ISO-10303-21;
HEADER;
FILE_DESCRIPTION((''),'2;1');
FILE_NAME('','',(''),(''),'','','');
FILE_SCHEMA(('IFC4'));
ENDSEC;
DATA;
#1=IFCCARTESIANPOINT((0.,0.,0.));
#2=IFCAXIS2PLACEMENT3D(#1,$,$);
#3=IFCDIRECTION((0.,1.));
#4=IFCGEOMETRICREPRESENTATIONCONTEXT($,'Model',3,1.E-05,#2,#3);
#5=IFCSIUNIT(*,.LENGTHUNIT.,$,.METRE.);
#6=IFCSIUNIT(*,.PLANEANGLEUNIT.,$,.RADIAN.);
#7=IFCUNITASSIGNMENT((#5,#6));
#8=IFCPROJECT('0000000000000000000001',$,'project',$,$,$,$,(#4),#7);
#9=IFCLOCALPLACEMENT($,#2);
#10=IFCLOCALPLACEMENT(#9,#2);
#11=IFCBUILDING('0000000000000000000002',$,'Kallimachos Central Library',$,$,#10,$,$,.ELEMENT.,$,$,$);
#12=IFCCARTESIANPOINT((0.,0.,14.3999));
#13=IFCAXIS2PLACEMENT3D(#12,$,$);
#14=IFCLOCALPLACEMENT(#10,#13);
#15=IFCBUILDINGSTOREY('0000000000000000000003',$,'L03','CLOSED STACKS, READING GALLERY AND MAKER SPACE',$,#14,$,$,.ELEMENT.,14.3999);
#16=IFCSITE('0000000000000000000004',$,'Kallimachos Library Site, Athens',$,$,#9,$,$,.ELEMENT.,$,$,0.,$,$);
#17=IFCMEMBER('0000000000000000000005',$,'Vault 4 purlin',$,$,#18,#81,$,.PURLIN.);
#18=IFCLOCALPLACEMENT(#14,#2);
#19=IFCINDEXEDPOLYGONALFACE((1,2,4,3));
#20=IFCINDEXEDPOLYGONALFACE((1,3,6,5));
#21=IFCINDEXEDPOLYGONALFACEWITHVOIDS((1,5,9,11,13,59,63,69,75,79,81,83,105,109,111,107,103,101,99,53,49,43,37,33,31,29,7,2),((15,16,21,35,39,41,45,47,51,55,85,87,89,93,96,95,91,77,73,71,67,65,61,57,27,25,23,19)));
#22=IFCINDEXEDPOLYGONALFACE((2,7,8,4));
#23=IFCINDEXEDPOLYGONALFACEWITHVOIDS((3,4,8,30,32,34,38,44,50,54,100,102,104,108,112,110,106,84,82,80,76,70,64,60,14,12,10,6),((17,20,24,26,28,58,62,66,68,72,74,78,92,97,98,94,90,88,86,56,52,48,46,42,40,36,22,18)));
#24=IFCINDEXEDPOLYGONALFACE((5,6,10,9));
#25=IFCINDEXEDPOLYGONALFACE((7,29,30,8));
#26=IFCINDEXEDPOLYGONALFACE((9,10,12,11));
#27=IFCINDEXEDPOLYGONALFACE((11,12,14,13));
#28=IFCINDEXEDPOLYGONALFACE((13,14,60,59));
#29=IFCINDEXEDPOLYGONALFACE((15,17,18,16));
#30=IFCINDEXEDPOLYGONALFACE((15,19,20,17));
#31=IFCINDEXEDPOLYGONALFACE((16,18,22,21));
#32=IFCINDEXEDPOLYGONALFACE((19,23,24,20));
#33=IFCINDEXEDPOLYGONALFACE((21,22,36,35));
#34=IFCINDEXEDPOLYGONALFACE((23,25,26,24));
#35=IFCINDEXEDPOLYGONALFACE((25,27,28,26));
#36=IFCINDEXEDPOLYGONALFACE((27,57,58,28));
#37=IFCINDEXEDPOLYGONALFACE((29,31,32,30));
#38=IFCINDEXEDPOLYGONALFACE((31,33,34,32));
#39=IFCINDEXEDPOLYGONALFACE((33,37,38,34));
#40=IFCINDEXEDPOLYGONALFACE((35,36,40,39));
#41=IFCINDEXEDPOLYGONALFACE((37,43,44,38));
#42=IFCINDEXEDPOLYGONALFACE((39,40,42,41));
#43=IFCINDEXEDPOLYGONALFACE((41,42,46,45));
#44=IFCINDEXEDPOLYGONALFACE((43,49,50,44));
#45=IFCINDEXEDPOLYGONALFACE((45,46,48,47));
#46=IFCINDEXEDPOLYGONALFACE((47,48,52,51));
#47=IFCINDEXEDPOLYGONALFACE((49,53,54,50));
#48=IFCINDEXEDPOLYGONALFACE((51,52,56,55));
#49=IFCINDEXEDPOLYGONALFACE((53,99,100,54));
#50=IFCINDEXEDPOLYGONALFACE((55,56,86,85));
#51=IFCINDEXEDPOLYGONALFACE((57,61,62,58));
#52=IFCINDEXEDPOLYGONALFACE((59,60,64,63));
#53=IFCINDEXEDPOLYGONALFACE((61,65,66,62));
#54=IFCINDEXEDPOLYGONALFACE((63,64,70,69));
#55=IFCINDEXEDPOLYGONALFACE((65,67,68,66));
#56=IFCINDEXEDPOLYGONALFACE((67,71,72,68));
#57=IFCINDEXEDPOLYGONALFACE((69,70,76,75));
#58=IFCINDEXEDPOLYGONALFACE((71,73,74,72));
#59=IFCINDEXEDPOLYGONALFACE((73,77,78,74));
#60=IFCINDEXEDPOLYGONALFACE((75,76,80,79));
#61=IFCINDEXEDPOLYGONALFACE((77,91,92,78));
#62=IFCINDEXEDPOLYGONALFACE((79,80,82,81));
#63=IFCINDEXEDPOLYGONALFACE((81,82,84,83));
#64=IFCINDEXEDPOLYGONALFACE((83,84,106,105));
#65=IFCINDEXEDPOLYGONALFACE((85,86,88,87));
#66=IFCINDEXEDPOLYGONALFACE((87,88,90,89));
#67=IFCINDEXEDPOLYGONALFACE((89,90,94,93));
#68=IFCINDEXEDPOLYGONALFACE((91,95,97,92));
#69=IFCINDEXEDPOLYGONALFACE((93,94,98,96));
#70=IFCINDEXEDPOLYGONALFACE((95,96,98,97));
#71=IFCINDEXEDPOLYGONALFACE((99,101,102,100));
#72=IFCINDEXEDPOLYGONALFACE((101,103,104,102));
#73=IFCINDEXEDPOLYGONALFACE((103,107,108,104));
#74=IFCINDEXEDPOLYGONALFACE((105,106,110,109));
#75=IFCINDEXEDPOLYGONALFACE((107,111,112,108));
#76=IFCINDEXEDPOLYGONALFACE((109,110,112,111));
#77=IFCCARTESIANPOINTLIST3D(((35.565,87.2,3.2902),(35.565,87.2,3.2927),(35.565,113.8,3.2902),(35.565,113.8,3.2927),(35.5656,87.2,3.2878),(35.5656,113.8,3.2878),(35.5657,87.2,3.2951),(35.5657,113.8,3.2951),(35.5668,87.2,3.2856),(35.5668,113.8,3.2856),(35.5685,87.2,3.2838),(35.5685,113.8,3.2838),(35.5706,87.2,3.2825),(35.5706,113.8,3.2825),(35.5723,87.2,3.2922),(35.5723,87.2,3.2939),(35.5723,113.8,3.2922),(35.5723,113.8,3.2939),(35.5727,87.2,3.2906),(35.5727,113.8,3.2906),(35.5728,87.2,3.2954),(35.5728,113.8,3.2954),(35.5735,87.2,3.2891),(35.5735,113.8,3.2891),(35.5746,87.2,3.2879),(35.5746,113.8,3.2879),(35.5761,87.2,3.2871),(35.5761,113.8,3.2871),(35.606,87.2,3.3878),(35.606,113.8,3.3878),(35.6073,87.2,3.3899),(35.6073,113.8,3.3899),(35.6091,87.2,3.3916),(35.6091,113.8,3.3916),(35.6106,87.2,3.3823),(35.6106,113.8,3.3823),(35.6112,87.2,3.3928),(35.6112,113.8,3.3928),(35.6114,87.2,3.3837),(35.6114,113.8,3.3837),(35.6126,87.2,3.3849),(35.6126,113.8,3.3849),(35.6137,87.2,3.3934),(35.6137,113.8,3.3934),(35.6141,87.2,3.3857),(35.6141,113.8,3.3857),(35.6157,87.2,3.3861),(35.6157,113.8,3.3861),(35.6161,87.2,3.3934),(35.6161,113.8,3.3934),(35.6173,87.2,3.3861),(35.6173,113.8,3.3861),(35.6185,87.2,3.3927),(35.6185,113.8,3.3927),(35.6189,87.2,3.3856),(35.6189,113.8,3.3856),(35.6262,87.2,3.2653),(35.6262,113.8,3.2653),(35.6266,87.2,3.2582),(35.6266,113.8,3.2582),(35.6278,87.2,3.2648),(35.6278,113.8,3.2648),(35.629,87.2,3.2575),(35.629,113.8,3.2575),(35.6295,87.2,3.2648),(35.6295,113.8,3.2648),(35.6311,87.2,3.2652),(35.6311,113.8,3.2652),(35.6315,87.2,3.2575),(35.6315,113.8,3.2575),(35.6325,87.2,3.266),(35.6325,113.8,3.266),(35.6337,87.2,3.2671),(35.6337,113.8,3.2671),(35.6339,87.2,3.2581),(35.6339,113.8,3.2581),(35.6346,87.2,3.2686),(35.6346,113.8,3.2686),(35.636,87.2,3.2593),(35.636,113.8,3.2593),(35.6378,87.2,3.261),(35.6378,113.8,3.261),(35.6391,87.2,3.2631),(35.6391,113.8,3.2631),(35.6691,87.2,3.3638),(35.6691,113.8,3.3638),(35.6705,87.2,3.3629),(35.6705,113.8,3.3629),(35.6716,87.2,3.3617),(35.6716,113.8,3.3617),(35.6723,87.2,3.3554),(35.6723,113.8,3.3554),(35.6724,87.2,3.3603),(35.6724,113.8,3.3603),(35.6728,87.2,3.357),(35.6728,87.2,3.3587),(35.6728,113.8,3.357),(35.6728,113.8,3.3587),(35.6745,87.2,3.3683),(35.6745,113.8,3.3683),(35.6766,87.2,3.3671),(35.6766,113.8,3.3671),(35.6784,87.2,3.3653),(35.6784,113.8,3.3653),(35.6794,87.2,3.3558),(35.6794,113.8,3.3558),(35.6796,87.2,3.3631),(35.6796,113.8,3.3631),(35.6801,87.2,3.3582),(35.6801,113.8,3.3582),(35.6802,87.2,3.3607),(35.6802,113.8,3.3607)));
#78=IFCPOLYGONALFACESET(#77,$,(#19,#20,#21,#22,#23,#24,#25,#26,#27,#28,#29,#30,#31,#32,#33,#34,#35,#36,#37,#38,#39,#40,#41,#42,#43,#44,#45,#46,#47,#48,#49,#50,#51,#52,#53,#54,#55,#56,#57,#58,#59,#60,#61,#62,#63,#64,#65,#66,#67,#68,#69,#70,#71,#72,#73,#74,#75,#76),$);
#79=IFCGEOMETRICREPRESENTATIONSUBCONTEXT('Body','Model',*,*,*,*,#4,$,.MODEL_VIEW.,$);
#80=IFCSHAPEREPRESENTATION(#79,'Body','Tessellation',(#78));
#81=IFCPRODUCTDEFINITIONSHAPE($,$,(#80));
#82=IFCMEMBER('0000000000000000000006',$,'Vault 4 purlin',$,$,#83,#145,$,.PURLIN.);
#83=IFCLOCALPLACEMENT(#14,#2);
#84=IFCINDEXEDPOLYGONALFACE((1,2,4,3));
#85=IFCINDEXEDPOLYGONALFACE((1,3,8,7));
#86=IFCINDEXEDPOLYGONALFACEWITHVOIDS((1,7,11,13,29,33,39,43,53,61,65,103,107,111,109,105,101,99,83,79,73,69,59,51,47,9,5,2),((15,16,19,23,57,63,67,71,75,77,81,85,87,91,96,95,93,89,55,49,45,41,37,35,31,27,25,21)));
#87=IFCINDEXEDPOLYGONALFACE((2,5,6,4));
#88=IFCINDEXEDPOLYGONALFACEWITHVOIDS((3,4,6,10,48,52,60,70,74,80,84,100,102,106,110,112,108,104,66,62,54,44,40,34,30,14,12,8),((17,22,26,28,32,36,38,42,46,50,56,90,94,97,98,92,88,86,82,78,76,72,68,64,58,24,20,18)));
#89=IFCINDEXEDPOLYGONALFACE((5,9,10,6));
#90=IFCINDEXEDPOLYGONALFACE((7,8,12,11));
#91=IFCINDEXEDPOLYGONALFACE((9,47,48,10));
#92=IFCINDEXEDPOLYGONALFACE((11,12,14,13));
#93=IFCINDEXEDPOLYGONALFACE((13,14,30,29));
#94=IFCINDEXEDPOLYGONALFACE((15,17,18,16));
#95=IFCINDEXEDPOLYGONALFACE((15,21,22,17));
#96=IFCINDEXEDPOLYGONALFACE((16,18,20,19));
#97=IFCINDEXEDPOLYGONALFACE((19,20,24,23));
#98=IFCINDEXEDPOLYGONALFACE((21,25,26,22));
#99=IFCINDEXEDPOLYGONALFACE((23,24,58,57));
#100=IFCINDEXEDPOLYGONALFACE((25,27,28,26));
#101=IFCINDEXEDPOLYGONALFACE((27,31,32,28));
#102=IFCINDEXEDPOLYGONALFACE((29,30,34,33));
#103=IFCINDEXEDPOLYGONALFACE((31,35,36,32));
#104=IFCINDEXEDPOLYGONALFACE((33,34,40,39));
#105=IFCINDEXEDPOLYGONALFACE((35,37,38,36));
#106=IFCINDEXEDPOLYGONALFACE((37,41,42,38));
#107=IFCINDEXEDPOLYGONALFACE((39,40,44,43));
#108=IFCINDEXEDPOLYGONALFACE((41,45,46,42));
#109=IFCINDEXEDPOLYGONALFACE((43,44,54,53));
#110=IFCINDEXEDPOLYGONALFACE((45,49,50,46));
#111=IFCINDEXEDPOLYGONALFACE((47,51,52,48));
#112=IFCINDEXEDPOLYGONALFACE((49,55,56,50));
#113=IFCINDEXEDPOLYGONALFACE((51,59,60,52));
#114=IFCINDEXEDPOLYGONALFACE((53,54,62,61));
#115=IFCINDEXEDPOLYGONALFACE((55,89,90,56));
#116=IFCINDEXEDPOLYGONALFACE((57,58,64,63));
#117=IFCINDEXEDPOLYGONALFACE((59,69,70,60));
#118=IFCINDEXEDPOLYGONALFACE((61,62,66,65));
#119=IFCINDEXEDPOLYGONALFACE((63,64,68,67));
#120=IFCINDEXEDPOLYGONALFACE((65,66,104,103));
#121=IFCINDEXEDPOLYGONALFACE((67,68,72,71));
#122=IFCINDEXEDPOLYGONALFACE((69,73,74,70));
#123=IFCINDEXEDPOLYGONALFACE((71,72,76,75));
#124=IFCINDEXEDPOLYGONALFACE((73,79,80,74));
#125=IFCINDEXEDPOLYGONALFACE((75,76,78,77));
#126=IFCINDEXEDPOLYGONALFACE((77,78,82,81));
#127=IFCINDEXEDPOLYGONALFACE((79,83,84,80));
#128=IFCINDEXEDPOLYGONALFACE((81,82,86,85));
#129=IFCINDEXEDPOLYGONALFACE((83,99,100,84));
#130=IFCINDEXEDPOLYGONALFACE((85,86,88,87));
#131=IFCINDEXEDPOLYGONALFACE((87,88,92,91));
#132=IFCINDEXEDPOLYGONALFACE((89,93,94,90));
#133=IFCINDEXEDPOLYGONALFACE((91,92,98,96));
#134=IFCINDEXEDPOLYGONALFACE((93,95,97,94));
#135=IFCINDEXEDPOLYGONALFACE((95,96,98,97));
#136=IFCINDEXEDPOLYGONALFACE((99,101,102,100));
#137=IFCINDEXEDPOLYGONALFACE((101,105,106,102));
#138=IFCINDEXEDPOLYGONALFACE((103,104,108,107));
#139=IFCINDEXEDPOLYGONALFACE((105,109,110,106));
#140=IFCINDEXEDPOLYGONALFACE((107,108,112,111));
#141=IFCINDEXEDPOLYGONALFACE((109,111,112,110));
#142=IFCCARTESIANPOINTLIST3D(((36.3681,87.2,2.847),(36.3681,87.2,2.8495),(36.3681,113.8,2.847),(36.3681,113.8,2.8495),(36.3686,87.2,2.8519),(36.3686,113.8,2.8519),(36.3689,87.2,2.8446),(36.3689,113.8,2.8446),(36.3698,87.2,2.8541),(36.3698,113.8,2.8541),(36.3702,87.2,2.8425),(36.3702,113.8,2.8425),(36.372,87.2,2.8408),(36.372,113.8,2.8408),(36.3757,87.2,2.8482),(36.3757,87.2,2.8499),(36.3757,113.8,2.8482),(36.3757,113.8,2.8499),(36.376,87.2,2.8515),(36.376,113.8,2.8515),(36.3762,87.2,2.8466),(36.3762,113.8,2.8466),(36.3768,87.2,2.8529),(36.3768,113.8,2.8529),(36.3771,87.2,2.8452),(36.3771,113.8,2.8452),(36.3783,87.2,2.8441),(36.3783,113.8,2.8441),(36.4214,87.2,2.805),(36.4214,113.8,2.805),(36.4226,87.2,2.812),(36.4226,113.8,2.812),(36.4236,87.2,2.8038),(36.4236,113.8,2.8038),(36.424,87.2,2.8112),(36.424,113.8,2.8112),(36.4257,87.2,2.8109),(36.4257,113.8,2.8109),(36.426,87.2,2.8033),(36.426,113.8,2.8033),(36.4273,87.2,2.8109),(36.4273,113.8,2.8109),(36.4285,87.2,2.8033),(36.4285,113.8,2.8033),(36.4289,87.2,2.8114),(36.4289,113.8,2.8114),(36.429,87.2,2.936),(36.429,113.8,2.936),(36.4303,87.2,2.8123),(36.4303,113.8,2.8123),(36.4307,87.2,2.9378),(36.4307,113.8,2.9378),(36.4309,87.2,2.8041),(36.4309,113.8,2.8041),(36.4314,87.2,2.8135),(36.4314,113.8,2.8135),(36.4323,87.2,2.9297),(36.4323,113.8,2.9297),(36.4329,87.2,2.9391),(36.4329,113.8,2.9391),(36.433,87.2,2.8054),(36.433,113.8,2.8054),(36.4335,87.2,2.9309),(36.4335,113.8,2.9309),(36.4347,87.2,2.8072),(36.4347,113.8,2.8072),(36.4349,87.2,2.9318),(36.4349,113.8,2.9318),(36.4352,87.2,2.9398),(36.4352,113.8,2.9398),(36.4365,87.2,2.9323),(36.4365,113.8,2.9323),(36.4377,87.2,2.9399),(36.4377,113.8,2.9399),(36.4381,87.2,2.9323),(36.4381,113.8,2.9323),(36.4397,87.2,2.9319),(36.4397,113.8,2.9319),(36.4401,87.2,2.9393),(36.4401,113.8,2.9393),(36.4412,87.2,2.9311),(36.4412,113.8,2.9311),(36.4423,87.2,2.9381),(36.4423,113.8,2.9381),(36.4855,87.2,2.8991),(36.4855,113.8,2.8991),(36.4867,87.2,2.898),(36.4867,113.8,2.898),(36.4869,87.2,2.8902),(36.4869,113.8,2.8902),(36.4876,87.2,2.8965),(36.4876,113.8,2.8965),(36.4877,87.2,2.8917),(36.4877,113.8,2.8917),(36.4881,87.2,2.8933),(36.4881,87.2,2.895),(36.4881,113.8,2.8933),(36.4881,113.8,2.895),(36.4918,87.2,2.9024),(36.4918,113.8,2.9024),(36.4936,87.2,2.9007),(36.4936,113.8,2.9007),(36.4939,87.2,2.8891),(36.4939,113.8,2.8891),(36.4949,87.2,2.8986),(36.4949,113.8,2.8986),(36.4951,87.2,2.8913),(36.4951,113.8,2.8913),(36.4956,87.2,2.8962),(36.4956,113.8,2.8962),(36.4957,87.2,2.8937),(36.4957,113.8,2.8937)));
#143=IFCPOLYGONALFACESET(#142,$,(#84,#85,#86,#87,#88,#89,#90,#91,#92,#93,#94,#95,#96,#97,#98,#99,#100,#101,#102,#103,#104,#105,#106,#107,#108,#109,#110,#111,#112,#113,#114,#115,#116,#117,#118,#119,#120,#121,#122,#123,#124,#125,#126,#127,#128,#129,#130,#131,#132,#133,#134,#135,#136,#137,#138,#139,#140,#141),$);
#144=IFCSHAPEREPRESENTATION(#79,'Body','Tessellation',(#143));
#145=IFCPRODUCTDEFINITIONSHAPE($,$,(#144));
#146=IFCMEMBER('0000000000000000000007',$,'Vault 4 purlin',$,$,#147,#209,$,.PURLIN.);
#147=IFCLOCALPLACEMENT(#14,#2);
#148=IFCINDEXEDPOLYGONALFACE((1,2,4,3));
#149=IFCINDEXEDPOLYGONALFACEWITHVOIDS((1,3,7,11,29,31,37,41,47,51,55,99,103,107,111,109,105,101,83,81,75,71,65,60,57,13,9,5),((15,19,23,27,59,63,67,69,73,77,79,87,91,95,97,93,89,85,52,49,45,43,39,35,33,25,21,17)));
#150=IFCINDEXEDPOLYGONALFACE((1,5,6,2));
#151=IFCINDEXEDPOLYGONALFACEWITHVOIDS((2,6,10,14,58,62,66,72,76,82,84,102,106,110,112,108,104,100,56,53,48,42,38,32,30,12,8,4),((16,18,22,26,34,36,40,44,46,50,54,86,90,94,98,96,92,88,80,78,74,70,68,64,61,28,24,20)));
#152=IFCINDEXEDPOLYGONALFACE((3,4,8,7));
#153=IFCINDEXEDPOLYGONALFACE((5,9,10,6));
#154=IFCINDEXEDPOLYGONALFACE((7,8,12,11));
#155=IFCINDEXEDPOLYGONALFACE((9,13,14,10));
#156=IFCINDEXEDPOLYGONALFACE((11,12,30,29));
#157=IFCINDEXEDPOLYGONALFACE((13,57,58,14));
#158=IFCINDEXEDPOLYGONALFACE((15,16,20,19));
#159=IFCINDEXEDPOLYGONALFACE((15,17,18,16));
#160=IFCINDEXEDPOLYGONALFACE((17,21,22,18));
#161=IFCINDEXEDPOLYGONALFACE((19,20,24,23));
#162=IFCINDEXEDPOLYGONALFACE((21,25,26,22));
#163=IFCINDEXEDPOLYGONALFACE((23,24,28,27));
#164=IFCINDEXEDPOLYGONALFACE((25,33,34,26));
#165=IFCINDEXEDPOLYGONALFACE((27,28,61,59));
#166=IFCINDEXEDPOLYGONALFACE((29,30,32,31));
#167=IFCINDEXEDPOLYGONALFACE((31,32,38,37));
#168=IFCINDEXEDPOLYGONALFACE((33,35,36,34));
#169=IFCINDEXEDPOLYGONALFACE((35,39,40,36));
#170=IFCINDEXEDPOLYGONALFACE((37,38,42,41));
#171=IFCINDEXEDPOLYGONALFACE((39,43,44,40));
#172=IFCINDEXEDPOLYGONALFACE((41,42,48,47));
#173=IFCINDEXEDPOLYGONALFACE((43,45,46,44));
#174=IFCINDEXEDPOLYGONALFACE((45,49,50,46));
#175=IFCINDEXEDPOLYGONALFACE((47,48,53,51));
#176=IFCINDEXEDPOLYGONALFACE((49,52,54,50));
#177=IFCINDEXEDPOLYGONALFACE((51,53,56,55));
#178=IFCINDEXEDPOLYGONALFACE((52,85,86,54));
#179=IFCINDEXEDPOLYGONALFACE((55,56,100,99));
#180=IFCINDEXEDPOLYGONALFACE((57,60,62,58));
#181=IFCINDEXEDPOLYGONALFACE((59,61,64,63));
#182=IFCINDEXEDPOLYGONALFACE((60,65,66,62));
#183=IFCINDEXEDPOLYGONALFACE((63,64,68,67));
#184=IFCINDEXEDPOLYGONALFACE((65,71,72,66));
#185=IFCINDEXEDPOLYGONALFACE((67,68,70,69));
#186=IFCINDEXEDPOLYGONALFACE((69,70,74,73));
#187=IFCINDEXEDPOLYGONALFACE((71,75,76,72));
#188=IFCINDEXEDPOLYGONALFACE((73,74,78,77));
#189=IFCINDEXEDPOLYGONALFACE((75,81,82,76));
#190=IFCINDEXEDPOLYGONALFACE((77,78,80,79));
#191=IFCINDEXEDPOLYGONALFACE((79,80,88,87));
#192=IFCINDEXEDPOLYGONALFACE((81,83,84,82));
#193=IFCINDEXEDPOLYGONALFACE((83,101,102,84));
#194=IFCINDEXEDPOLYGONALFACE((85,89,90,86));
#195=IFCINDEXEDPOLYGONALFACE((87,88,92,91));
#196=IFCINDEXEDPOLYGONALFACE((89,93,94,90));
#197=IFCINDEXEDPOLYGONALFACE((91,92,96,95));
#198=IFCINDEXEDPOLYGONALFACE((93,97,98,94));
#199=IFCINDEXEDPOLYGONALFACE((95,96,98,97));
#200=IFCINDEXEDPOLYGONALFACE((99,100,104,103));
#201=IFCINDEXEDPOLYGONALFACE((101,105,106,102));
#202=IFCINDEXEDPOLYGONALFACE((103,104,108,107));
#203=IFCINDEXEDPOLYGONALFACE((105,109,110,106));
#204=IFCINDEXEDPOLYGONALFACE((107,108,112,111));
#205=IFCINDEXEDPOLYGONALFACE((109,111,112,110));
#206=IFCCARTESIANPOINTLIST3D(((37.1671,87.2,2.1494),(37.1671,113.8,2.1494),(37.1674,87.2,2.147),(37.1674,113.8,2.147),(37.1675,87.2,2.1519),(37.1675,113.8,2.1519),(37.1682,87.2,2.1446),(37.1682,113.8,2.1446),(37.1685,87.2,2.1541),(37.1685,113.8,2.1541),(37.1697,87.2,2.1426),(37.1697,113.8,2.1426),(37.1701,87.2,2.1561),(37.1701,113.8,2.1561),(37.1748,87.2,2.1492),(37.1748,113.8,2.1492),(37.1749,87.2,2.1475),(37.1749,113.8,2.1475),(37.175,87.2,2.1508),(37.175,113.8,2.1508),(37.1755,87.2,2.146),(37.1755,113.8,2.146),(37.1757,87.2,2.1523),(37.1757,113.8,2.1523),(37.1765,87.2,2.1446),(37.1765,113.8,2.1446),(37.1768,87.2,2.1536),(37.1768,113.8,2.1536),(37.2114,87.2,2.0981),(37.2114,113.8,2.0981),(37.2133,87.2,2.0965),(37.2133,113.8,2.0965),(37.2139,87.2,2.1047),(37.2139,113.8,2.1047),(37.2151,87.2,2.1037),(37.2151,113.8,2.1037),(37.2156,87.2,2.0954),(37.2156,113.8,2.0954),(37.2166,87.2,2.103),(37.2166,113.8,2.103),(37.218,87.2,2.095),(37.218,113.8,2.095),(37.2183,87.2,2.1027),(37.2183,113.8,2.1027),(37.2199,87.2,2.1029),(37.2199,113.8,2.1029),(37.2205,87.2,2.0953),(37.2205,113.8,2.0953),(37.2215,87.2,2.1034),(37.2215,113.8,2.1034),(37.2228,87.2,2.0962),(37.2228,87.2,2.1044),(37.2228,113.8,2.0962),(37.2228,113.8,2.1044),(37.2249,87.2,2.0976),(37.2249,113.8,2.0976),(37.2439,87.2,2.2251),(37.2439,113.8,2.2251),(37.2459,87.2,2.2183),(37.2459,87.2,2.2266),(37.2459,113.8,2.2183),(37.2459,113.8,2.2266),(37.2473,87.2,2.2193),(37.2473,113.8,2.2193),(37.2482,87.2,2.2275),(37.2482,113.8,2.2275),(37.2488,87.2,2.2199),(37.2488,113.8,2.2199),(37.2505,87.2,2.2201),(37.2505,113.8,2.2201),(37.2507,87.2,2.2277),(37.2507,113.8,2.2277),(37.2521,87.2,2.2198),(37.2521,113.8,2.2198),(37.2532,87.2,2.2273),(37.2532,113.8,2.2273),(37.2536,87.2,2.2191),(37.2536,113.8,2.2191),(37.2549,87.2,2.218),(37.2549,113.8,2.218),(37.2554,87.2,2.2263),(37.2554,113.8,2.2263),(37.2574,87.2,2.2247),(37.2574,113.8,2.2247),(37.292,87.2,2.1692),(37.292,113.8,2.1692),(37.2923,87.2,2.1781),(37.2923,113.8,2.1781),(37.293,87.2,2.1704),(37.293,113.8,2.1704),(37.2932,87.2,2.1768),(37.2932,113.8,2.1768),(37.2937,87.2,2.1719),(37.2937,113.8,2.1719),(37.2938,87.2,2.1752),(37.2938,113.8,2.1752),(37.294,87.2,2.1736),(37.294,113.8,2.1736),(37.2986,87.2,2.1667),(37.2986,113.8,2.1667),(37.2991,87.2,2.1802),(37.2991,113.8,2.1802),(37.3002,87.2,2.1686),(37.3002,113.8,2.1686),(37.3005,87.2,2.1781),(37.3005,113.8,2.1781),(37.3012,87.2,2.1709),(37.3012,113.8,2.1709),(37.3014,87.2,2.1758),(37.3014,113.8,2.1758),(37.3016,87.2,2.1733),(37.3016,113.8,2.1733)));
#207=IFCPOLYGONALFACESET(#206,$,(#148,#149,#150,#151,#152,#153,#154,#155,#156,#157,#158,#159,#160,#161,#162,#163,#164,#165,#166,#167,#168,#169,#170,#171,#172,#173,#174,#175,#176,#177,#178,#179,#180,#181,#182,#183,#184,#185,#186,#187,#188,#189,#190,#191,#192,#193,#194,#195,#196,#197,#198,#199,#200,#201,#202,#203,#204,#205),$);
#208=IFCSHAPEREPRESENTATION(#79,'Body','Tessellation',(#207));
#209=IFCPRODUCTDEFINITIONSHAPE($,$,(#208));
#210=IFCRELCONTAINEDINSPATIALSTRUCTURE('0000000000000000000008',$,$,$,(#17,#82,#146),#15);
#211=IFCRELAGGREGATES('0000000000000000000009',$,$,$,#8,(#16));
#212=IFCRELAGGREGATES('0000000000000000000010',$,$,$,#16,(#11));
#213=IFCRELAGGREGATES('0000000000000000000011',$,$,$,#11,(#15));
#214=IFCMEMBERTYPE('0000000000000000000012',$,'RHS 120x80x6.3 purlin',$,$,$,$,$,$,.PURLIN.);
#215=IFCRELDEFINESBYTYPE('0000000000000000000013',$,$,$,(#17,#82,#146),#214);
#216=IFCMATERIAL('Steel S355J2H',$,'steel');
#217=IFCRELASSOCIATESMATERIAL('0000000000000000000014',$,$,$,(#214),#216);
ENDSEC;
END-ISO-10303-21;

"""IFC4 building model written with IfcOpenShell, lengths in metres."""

from ifc_helpers import new_model, si_unit, direction, frame, origin, origin_2d, place, context, subcontext, project, spatial, hollow_rectangle, extrude, material, material_profile, profile_set, type_object, element, save


model = new_model("IFC4")

# Units and contexts
model_context = context("Model", 3, precision=1e-05, world=origin(), true_north=direction((0.0, 1.0)))
body_context = subcontext(model_context, "Body", "Model", "MODEL_VIEW")
ifc_project = project(units=[si_unit("LENGTHUNIT", "METRE"), si_unit("PLANEANGLEUNIT", "RADIAN")], contexts=[model_context])

# Site, building, storey
site_placement = place(None, origin())
site = spatial("IfcSite", under=ifc_project, at=site_placement, Name="Kallimachos Library Site, Athens", CompositionType="ELEMENT", RefElevation=0.0)
building_placement = place(site_placement, origin())
building = spatial("IfcBuilding", under=site, at=building_placement, Name="Kallimachos Central Library", CompositionType="ELEMENT")
storey_placement = place(building_placement, frame((0.0, 0.0, 14.3999)))
storey = spatial("IfcBuildingStorey", under=building, at=storey_placement, Name="L03", Description="CLOSED STACKS, READING GALLERY AND MAKER SPACE", CompositionType="ELEMENT", Elevation=14.3999)

# Members
ifc_material_1 = material(Name="Steel S355J2H", Category="steel")
ifc_material_profile = material_profile(ifc_material_1, hollow_rectangle(XDim=0.0801, YDim=0.1201, WallThickness=0.0063, InnerFilletRadius=0.0063, OuterFilletRadius=0.0095, at=origin_2d()), Name="RHS 120x80x6.3")
ifc_profile_set = profile_set([ifc_material_profile], Name="Steel S355J2H")
member_type = type_object("IfcMemberType", Name="RHS 120x80x6.3 purlin", PredefinedType="PURLIN", material=ifc_profile_set)
for number, where, z_axis, x_axis, name in (
    (1, (35.6226, 87.2, 3.3254), (0.0, 1.0, 0.0), (-0.917005, 0.0, 0.398876), "Vault 4 purlin"),
    (2, (36.4319, 87.2, 2.8716), (0.0, 1.0, 0.0), (-0.810449, 0.0, 0.585809), "Vault 4 purlin"),
    (3, (37.2344, 87.2, 2.1614), (0.0, 1.0, 0.0), (-0.683497, 0.0, 0.729953), "Vault 4 purlin"),
):
    element("IfcMember", number, at=place(storey_placement, frame(where, z_axis=z_axis, x_axis=x_axis)), inside=storey, type_object=member_type, Name=name, PredefinedType="PURLIN", context=body_context, shape_type="SweptSolid", body=[
        extrude(hollow_rectangle(XDim=0.0801, YDim=0.1201, WallThickness=0.0063, InnerFilletRadius=0.0063, OuterFilletRadius=0.0095, at=origin_2d()), origin(), (0.0, 0.0, 1.0), 26.6001),
    ])

save(model, "model.ifc")
